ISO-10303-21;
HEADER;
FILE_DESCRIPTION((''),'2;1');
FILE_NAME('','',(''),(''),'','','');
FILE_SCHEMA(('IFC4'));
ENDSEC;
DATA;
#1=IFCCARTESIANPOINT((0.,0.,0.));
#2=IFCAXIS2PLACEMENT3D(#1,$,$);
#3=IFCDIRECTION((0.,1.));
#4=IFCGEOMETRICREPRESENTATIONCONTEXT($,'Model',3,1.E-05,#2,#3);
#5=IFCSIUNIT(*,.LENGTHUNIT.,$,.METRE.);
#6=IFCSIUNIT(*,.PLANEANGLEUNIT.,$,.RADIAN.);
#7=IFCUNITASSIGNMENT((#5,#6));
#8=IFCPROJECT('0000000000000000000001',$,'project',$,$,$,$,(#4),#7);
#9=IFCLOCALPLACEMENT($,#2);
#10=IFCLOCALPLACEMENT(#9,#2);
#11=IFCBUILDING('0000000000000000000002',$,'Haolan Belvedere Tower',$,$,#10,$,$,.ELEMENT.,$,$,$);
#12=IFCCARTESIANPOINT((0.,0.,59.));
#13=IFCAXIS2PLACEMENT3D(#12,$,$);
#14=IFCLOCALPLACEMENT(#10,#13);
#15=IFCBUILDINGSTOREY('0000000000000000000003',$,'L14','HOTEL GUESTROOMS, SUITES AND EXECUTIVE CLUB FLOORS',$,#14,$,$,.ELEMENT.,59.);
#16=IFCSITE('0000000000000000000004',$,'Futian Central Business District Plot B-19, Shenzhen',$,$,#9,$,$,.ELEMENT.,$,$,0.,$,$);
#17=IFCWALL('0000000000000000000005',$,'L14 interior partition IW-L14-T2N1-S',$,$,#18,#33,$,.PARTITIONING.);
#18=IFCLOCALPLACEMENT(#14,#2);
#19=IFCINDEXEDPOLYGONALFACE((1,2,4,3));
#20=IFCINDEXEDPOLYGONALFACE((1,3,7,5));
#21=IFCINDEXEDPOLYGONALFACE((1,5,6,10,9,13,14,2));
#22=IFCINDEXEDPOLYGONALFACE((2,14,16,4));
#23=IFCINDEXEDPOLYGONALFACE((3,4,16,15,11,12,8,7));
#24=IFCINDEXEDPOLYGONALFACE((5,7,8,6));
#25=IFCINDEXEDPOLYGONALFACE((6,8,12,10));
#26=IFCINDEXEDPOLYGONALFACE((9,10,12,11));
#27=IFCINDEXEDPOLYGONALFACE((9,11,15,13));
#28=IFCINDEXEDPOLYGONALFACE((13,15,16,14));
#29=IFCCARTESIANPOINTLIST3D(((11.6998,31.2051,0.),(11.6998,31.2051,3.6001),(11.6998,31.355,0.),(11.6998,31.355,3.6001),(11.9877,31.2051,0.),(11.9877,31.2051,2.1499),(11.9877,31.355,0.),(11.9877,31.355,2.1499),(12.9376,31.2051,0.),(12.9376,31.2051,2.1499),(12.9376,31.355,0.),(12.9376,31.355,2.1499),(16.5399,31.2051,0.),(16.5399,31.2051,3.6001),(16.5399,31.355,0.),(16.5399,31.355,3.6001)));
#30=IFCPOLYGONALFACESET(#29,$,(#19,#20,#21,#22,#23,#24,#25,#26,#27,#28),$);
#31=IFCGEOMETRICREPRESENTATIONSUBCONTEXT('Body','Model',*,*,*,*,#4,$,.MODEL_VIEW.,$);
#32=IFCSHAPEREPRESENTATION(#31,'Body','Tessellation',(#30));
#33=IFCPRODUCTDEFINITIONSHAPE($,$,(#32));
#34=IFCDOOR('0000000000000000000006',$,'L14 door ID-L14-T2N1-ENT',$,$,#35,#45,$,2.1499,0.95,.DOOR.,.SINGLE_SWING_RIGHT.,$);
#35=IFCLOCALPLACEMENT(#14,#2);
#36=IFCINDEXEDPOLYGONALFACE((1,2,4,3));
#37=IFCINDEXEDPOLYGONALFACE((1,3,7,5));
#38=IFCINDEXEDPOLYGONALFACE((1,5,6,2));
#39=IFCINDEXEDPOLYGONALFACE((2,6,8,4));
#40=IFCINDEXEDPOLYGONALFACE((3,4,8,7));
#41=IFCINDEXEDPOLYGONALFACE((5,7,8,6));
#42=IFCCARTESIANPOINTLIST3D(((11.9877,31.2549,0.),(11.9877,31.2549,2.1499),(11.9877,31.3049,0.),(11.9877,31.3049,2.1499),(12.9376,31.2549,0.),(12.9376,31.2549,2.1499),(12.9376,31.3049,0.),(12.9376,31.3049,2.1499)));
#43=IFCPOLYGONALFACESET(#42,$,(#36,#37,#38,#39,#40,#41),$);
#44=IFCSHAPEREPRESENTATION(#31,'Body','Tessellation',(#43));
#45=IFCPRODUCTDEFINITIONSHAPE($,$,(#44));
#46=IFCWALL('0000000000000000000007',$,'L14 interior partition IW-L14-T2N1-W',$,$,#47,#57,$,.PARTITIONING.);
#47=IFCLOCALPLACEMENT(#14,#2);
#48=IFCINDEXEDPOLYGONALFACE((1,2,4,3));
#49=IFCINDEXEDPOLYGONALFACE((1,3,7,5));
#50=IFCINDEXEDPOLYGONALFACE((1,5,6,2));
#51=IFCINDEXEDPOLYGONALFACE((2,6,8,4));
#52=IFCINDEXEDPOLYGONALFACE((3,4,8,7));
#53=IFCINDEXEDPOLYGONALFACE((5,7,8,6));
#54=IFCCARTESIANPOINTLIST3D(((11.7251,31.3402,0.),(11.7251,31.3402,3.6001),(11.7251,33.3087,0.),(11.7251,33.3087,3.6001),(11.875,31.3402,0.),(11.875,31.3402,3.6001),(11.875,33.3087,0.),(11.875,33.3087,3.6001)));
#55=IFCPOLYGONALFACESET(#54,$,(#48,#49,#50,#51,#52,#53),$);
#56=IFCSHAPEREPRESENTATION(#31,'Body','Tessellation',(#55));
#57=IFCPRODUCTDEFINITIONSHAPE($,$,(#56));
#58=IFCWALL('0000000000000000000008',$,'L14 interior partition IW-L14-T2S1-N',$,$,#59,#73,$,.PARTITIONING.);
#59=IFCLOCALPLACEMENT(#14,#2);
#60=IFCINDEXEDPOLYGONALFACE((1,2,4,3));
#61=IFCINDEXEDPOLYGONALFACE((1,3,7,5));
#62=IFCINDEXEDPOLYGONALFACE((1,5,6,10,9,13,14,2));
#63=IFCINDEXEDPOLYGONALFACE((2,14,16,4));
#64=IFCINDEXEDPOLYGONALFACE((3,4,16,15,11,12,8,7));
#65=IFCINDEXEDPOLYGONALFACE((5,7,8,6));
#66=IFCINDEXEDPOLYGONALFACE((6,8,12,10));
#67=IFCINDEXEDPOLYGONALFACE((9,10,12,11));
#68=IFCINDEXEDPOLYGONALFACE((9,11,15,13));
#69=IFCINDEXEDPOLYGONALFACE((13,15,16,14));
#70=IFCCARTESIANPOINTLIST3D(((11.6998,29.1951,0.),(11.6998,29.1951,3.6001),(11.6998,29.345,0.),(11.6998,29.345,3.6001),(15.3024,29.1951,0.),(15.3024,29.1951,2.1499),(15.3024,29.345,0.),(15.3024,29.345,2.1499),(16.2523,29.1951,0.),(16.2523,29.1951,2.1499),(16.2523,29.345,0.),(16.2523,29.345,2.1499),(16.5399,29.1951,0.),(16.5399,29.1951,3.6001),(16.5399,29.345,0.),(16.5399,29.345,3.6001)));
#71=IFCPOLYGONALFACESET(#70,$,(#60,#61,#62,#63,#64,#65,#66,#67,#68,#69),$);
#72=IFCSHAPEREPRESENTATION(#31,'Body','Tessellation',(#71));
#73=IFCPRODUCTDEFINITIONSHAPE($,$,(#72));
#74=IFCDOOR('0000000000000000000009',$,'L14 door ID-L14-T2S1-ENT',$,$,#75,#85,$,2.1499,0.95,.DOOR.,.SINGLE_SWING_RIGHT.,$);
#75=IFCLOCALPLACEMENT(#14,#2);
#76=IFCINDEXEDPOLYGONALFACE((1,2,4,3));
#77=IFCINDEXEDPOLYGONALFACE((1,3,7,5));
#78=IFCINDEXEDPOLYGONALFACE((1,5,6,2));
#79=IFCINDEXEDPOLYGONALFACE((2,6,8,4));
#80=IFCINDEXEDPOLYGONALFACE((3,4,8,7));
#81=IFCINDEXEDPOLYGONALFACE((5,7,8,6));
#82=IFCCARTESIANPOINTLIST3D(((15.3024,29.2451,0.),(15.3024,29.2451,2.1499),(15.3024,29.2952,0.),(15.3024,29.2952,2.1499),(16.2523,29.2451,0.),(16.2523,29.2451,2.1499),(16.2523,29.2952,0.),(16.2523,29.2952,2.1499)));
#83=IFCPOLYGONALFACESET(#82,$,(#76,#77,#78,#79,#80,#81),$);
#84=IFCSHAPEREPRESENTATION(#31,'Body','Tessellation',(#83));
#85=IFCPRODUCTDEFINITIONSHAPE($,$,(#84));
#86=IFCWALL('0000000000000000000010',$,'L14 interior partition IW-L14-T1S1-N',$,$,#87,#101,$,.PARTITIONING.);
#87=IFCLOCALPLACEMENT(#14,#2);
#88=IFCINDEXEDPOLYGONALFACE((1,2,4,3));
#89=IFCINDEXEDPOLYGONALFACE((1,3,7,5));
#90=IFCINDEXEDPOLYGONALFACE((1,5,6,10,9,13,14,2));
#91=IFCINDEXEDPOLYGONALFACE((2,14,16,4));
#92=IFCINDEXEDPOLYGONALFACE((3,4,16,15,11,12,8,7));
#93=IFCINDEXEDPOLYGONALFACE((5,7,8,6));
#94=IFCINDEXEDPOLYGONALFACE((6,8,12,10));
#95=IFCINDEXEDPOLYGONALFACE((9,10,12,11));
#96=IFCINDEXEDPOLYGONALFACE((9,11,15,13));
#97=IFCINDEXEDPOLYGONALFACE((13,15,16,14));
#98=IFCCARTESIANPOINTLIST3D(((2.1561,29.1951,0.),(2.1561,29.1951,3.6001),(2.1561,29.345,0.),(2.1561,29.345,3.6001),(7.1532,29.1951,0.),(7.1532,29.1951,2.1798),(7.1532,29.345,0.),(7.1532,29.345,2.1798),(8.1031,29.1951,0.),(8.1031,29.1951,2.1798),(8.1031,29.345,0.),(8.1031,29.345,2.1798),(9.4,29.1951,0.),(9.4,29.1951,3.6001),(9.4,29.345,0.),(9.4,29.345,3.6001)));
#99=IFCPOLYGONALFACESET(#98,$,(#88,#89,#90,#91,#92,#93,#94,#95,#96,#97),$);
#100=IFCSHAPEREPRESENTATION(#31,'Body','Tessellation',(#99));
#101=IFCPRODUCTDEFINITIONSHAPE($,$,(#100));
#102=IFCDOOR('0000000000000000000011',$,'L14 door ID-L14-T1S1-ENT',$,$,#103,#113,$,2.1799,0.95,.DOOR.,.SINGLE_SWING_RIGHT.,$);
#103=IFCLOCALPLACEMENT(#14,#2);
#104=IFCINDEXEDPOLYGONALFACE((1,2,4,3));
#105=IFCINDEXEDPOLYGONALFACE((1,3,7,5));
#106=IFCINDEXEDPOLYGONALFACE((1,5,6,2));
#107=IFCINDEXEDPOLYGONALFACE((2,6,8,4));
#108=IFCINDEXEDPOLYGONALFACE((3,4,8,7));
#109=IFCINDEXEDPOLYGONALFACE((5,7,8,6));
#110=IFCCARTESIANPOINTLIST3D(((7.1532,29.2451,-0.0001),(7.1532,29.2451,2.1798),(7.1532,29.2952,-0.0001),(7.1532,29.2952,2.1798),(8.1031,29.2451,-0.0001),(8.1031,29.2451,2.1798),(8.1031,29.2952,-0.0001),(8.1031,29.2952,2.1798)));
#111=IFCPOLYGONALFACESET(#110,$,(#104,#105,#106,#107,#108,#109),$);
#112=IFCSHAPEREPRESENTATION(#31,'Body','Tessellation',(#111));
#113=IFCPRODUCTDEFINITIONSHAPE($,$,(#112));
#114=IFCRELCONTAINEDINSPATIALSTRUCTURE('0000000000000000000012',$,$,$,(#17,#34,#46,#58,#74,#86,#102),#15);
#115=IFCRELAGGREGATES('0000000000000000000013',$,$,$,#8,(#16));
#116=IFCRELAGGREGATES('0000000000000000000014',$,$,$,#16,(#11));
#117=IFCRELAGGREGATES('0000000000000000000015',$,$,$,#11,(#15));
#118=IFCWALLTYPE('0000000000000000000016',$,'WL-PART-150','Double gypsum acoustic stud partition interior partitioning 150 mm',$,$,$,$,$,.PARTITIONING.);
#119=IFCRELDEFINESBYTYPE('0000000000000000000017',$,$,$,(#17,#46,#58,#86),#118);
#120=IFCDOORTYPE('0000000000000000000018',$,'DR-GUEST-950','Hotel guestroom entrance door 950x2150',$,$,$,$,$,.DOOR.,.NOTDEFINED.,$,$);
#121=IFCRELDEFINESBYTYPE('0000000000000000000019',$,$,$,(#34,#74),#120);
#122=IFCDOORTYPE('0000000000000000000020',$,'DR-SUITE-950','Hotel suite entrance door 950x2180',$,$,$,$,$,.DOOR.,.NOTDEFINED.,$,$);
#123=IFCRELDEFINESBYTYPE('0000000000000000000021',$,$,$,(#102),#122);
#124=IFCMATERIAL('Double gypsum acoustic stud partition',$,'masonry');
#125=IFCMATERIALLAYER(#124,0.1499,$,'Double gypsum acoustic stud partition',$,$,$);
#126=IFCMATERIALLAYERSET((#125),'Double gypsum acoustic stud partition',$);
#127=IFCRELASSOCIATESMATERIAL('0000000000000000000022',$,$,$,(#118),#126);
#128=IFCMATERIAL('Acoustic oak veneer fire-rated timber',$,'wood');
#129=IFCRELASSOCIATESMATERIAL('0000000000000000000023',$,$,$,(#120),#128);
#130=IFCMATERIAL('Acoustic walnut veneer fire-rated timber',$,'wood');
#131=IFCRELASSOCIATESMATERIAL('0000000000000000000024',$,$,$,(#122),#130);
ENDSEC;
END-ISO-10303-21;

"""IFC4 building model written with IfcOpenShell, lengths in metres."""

from ifc_helpers import new_model, si_unit, direction, frame, frame_2d, origin, place, context, subcontext, project, spatial, rectangle, extrude, material, layer, layer_set, type_object, element, fill, save


model = new_model("IFC4")

# Units and contexts
model_context = context("Model", 3, precision=1e-05, world=origin(), true_north=direction((0.0, 1.0)))
body_context = subcontext(model_context, "Body", "Model", "MODEL_VIEW")
ifc_project = project(units=[si_unit("LENGTHUNIT", "METRE"), si_unit("PLANEANGLEUNIT", "RADIAN")], contexts=[model_context])

# Site, building, storey
site_placement = place(None, origin())
site = spatial("IfcSite", under=ifc_project, at=site_placement, Name="Futian Central Business District Plot B-19, Shenzhen", CompositionType="ELEMENT", RefElevation=0.0)
building_placement = place(site_placement, origin())
building = spatial("IfcBuilding", under=site, at=building_placement, Name="Haolan Belvedere Tower", CompositionType="ELEMENT")
storey_placement = place(building_placement, frame((0.0, 0.0, 59.0)))
storey = spatial("IfcBuildingStorey", under=building, at=storey_placement, Name="L14", Description="HOTEL GUESTROOMS, SUITES AND EXECUTIVE CLUB FLOORS", CompositionType="ELEMENT", Elevation=59.0)

# Wall, opening, door
ifc_material_1 = material(Name="Double gypsum acoustic stud partition", Category="masonry")
ifc_layer_1 = layer(ifc_material_1, 0.1499, Name="Double gypsum acoustic stud partition")
ifc_layer_set_1 = layer_set([ifc_layer_1], Name="Double gypsum acoustic stud partition")
wall_type_1 = type_object("IfcWallType", Name="WL-PART-150", Description="Double gypsum acoustic stud partition interior partitioning 150 mm", PredefinedType="PARTITIONING", material=ifc_layer_set_1)
wall_1_placement = place(storey_placement, frame((11.7, 31.28, 0.0), z_axis=(0.0, 0.0, 1.0), x_axis=(1.0, 0.0, 0.0)))
wall_1 = element("IfcWall", 1, at=wall_1_placement, inside=storey, type_object=wall_type_1, Name="L14 interior partition IW-L14-T2N1-S", PredefinedType="PARTITIONING", context=body_context, shape_type="SweptSolid", body=[
    extrude(rectangle(XDim=4.8401, YDim=0.1499, at=frame_2d((2.4199, 0.0))), origin(), (0.0, 0.0, 1.0), 3.6001),
])
opening_1_placement = place(wall_1_placement, frame((0.2876, 0.0, 0.0)))
opening_1 = element("IfcOpeningElement", 2, at=opening_1_placement, cuts=wall_1, PredefinedType="OPENING", context=body_context, shape_type="SweptSolid", body=[
    extrude(rectangle(XDim=0.95, YDim=2.1499, at=frame_2d((0.4751, 1.075))), frame((0.0, 0.085, 0.0), z_axis=(0.0, -1.0, 0.0), x_axis=(1.0, 0.0, 0.0)), (0.0, 0.0, 1.0), 0.1699),
])
ifc_material_2 = material(Name="Acoustic oak veneer fire-rated timber", Category="wood")
door_type_1 = type_object("IfcDoorType", Name="DR-GUEST-950", Description="Hotel guestroom entrance door 950x2150", OperationType="NOTDEFINED", PredefinedType="DOOR", material=ifc_material_2)
door_1_placement = place(opening_1_placement, origin())
door_1 = element("IfcDoor", 3, at=door_1_placement, inside=storey, type_object=door_type_1, Name="L14 door ID-L14-T2N1-ENT", OperationType="SINGLE_SWING_RIGHT", OverallHeight=2.1499, OverallWidth=0.95, PredefinedType="DOOR", context=body_context, shape_type="SweptSolid", body=[
    extrude(rectangle(XDim=0.95, YDim=2.1499, at=frame_2d((0.4751, 1.075))), frame((0.0, 0.0249, 0.0), z_axis=(0.0, -1.0, 0.0), x_axis=(1.0, 0.0, 0.0)), (0.0, 0.0, 1.0), 0.05),
])
fill(opening_1, door_1)

# Wall
wall_2_placement = place(storey_placement, frame((11.8, 31.3401, 0.0), z_axis=(0.0, 0.0, 1.0), x_axis=(0.0, 1.0, 0.0)))
element("IfcWall", 4, at=wall_2_placement, inside=storey, type_object=wall_type_1, Name="L14 interior partition IW-L14-T2N1-W", PredefinedType="PARTITIONING", context=body_context, shape_type="SweptSolid", body=[
    extrude(rectangle(XDim=1.9685, YDim=0.1499, at=frame_2d((0.9844, 0.0))), origin(), (0.0, 0.0, 1.0), 3.6001),
])

# Walls, openings, doors
wall_3_placement = place(storey_placement, frame((11.7, 29.27, 0.0), z_axis=(0.0, 0.0, 1.0), x_axis=(1.0, 0.0, 0.0)))
wall_3 = element("IfcWall", 5, at=wall_3_placement, inside=storey, type_object=wall_type_1, Name="L14 interior partition IW-L14-T2S1-N", PredefinedType="PARTITIONING", context=body_context, shape_type="SweptSolid", body=[
    extrude(rectangle(XDim=4.8401, YDim=0.1499, at=frame_2d((2.4199, 0.0))), origin(), (0.0, 0.0, 1.0), 3.6001),
])
opening_2_placement = place(wall_3_placement, frame((4.5525, 0.0, 0.0), z_axis=(0.0, 0.0, 1.0), x_axis=(-1.0, 0.0, 0.0)))
opening_2 = element("IfcOpeningElement", 6, at=opening_2_placement, cuts=wall_3, PredefinedType="OPENING", context=body_context, shape_type="SweptSolid", body=[
    extrude(rectangle(XDim=0.95, YDim=2.1499, at=frame_2d((0.4751, 1.075))), frame((0.0, 0.085, 0.0), z_axis=(0.0, -1.0, 0.0), x_axis=(1.0, 0.0, 0.0)), (0.0, 0.0, 1.0), 0.1699),
])
door_2_placement = place(opening_2_placement, origin())
door_2 = element("IfcDoor", 7, at=door_2_placement, inside=storey, type_object=door_type_1, Name="L14 door ID-L14-T2S1-ENT", OperationType="SINGLE_SWING_RIGHT", OverallHeight=2.1499, OverallWidth=0.95, PredefinedType="DOOR", context=body_context, shape_type="SweptSolid", body=[
    extrude(rectangle(XDim=0.95, YDim=2.1499, at=frame_2d((0.4751, 1.075))), frame((0.0, 0.0249, 0.0), z_axis=(0.0, -1.0, 0.0), x_axis=(1.0, 0.0, 0.0)), (0.0, 0.0, 1.0), 0.05),
])
fill(opening_2, door_2)
wall_4_placement = place(storey_placement, frame((2.156, 29.27, 0.0), z_axis=(0.0, 0.0, 1.0), x_axis=(1.0, 0.0, 0.0)))
wall_4 = element("IfcWall", 8, at=wall_4_placement, inside=storey, type_object=wall_type_1, Name="L14 interior partition IW-L14-T1S1-N", PredefinedType="PARTITIONING", context=body_context, shape_type="SweptSolid", body=[
    extrude(rectangle(XDim=7.2439, YDim=0.1499, at=frame_2d((3.6221, 0.0))), origin(), (0.0, 0.0, 1.0), 3.6001),
])
opening_3_placement = place(wall_4_placement, frame((5.9473, 0.0, 0.0), z_axis=(0.0, 0.0, 1.0), x_axis=(-1.0, 0.0, 0.0)))
opening_3 = element("IfcOpeningElement", 9, at=opening_3_placement, cuts=wall_4, PredefinedType="OPENING", context=body_context, shape_type="SweptSolid", body=[
    extrude(rectangle(XDim=0.95, YDim=2.1799, at=frame_2d((0.4751, 1.0898))), frame((0.0, 0.085, 0.0), z_axis=(0.0, -1.0, 0.0), x_axis=(1.0, 0.0, 0.0)), (0.0, 0.0, 1.0), 0.1699),
])
ifc_material_3 = material(Name="Acoustic walnut veneer fire-rated timber", Category="wood")
door_type_2 = type_object("IfcDoorType", Name="DR-SUITE-950", Description="Hotel suite entrance door 950x2180", OperationType="NOTDEFINED", PredefinedType="DOOR", material=ifc_material_3)
door_3_placement = place(opening_3_placement, origin())
door_3 = element("IfcDoor", 10, at=door_3_placement, inside=storey, type_object=door_type_2, Name="L14 door ID-L14-T1S1-ENT", OperationType="SINGLE_SWING_RIGHT", OverallHeight=2.1799, OverallWidth=0.95, PredefinedType="DOOR", context=body_context, shape_type="SweptSolid", body=[
    extrude(rectangle(XDim=0.95, YDim=2.1799, at=frame_2d((0.4751, 1.0898))), frame((0.0, 0.0249, 0.0), z_axis=(0.0, -1.0, 0.0), x_axis=(1.0, 0.0, 0.0)), (0.0, 0.0, 1.0), 0.05),
])
fill(opening_3, door_3)

save(model, "model.ifc")
